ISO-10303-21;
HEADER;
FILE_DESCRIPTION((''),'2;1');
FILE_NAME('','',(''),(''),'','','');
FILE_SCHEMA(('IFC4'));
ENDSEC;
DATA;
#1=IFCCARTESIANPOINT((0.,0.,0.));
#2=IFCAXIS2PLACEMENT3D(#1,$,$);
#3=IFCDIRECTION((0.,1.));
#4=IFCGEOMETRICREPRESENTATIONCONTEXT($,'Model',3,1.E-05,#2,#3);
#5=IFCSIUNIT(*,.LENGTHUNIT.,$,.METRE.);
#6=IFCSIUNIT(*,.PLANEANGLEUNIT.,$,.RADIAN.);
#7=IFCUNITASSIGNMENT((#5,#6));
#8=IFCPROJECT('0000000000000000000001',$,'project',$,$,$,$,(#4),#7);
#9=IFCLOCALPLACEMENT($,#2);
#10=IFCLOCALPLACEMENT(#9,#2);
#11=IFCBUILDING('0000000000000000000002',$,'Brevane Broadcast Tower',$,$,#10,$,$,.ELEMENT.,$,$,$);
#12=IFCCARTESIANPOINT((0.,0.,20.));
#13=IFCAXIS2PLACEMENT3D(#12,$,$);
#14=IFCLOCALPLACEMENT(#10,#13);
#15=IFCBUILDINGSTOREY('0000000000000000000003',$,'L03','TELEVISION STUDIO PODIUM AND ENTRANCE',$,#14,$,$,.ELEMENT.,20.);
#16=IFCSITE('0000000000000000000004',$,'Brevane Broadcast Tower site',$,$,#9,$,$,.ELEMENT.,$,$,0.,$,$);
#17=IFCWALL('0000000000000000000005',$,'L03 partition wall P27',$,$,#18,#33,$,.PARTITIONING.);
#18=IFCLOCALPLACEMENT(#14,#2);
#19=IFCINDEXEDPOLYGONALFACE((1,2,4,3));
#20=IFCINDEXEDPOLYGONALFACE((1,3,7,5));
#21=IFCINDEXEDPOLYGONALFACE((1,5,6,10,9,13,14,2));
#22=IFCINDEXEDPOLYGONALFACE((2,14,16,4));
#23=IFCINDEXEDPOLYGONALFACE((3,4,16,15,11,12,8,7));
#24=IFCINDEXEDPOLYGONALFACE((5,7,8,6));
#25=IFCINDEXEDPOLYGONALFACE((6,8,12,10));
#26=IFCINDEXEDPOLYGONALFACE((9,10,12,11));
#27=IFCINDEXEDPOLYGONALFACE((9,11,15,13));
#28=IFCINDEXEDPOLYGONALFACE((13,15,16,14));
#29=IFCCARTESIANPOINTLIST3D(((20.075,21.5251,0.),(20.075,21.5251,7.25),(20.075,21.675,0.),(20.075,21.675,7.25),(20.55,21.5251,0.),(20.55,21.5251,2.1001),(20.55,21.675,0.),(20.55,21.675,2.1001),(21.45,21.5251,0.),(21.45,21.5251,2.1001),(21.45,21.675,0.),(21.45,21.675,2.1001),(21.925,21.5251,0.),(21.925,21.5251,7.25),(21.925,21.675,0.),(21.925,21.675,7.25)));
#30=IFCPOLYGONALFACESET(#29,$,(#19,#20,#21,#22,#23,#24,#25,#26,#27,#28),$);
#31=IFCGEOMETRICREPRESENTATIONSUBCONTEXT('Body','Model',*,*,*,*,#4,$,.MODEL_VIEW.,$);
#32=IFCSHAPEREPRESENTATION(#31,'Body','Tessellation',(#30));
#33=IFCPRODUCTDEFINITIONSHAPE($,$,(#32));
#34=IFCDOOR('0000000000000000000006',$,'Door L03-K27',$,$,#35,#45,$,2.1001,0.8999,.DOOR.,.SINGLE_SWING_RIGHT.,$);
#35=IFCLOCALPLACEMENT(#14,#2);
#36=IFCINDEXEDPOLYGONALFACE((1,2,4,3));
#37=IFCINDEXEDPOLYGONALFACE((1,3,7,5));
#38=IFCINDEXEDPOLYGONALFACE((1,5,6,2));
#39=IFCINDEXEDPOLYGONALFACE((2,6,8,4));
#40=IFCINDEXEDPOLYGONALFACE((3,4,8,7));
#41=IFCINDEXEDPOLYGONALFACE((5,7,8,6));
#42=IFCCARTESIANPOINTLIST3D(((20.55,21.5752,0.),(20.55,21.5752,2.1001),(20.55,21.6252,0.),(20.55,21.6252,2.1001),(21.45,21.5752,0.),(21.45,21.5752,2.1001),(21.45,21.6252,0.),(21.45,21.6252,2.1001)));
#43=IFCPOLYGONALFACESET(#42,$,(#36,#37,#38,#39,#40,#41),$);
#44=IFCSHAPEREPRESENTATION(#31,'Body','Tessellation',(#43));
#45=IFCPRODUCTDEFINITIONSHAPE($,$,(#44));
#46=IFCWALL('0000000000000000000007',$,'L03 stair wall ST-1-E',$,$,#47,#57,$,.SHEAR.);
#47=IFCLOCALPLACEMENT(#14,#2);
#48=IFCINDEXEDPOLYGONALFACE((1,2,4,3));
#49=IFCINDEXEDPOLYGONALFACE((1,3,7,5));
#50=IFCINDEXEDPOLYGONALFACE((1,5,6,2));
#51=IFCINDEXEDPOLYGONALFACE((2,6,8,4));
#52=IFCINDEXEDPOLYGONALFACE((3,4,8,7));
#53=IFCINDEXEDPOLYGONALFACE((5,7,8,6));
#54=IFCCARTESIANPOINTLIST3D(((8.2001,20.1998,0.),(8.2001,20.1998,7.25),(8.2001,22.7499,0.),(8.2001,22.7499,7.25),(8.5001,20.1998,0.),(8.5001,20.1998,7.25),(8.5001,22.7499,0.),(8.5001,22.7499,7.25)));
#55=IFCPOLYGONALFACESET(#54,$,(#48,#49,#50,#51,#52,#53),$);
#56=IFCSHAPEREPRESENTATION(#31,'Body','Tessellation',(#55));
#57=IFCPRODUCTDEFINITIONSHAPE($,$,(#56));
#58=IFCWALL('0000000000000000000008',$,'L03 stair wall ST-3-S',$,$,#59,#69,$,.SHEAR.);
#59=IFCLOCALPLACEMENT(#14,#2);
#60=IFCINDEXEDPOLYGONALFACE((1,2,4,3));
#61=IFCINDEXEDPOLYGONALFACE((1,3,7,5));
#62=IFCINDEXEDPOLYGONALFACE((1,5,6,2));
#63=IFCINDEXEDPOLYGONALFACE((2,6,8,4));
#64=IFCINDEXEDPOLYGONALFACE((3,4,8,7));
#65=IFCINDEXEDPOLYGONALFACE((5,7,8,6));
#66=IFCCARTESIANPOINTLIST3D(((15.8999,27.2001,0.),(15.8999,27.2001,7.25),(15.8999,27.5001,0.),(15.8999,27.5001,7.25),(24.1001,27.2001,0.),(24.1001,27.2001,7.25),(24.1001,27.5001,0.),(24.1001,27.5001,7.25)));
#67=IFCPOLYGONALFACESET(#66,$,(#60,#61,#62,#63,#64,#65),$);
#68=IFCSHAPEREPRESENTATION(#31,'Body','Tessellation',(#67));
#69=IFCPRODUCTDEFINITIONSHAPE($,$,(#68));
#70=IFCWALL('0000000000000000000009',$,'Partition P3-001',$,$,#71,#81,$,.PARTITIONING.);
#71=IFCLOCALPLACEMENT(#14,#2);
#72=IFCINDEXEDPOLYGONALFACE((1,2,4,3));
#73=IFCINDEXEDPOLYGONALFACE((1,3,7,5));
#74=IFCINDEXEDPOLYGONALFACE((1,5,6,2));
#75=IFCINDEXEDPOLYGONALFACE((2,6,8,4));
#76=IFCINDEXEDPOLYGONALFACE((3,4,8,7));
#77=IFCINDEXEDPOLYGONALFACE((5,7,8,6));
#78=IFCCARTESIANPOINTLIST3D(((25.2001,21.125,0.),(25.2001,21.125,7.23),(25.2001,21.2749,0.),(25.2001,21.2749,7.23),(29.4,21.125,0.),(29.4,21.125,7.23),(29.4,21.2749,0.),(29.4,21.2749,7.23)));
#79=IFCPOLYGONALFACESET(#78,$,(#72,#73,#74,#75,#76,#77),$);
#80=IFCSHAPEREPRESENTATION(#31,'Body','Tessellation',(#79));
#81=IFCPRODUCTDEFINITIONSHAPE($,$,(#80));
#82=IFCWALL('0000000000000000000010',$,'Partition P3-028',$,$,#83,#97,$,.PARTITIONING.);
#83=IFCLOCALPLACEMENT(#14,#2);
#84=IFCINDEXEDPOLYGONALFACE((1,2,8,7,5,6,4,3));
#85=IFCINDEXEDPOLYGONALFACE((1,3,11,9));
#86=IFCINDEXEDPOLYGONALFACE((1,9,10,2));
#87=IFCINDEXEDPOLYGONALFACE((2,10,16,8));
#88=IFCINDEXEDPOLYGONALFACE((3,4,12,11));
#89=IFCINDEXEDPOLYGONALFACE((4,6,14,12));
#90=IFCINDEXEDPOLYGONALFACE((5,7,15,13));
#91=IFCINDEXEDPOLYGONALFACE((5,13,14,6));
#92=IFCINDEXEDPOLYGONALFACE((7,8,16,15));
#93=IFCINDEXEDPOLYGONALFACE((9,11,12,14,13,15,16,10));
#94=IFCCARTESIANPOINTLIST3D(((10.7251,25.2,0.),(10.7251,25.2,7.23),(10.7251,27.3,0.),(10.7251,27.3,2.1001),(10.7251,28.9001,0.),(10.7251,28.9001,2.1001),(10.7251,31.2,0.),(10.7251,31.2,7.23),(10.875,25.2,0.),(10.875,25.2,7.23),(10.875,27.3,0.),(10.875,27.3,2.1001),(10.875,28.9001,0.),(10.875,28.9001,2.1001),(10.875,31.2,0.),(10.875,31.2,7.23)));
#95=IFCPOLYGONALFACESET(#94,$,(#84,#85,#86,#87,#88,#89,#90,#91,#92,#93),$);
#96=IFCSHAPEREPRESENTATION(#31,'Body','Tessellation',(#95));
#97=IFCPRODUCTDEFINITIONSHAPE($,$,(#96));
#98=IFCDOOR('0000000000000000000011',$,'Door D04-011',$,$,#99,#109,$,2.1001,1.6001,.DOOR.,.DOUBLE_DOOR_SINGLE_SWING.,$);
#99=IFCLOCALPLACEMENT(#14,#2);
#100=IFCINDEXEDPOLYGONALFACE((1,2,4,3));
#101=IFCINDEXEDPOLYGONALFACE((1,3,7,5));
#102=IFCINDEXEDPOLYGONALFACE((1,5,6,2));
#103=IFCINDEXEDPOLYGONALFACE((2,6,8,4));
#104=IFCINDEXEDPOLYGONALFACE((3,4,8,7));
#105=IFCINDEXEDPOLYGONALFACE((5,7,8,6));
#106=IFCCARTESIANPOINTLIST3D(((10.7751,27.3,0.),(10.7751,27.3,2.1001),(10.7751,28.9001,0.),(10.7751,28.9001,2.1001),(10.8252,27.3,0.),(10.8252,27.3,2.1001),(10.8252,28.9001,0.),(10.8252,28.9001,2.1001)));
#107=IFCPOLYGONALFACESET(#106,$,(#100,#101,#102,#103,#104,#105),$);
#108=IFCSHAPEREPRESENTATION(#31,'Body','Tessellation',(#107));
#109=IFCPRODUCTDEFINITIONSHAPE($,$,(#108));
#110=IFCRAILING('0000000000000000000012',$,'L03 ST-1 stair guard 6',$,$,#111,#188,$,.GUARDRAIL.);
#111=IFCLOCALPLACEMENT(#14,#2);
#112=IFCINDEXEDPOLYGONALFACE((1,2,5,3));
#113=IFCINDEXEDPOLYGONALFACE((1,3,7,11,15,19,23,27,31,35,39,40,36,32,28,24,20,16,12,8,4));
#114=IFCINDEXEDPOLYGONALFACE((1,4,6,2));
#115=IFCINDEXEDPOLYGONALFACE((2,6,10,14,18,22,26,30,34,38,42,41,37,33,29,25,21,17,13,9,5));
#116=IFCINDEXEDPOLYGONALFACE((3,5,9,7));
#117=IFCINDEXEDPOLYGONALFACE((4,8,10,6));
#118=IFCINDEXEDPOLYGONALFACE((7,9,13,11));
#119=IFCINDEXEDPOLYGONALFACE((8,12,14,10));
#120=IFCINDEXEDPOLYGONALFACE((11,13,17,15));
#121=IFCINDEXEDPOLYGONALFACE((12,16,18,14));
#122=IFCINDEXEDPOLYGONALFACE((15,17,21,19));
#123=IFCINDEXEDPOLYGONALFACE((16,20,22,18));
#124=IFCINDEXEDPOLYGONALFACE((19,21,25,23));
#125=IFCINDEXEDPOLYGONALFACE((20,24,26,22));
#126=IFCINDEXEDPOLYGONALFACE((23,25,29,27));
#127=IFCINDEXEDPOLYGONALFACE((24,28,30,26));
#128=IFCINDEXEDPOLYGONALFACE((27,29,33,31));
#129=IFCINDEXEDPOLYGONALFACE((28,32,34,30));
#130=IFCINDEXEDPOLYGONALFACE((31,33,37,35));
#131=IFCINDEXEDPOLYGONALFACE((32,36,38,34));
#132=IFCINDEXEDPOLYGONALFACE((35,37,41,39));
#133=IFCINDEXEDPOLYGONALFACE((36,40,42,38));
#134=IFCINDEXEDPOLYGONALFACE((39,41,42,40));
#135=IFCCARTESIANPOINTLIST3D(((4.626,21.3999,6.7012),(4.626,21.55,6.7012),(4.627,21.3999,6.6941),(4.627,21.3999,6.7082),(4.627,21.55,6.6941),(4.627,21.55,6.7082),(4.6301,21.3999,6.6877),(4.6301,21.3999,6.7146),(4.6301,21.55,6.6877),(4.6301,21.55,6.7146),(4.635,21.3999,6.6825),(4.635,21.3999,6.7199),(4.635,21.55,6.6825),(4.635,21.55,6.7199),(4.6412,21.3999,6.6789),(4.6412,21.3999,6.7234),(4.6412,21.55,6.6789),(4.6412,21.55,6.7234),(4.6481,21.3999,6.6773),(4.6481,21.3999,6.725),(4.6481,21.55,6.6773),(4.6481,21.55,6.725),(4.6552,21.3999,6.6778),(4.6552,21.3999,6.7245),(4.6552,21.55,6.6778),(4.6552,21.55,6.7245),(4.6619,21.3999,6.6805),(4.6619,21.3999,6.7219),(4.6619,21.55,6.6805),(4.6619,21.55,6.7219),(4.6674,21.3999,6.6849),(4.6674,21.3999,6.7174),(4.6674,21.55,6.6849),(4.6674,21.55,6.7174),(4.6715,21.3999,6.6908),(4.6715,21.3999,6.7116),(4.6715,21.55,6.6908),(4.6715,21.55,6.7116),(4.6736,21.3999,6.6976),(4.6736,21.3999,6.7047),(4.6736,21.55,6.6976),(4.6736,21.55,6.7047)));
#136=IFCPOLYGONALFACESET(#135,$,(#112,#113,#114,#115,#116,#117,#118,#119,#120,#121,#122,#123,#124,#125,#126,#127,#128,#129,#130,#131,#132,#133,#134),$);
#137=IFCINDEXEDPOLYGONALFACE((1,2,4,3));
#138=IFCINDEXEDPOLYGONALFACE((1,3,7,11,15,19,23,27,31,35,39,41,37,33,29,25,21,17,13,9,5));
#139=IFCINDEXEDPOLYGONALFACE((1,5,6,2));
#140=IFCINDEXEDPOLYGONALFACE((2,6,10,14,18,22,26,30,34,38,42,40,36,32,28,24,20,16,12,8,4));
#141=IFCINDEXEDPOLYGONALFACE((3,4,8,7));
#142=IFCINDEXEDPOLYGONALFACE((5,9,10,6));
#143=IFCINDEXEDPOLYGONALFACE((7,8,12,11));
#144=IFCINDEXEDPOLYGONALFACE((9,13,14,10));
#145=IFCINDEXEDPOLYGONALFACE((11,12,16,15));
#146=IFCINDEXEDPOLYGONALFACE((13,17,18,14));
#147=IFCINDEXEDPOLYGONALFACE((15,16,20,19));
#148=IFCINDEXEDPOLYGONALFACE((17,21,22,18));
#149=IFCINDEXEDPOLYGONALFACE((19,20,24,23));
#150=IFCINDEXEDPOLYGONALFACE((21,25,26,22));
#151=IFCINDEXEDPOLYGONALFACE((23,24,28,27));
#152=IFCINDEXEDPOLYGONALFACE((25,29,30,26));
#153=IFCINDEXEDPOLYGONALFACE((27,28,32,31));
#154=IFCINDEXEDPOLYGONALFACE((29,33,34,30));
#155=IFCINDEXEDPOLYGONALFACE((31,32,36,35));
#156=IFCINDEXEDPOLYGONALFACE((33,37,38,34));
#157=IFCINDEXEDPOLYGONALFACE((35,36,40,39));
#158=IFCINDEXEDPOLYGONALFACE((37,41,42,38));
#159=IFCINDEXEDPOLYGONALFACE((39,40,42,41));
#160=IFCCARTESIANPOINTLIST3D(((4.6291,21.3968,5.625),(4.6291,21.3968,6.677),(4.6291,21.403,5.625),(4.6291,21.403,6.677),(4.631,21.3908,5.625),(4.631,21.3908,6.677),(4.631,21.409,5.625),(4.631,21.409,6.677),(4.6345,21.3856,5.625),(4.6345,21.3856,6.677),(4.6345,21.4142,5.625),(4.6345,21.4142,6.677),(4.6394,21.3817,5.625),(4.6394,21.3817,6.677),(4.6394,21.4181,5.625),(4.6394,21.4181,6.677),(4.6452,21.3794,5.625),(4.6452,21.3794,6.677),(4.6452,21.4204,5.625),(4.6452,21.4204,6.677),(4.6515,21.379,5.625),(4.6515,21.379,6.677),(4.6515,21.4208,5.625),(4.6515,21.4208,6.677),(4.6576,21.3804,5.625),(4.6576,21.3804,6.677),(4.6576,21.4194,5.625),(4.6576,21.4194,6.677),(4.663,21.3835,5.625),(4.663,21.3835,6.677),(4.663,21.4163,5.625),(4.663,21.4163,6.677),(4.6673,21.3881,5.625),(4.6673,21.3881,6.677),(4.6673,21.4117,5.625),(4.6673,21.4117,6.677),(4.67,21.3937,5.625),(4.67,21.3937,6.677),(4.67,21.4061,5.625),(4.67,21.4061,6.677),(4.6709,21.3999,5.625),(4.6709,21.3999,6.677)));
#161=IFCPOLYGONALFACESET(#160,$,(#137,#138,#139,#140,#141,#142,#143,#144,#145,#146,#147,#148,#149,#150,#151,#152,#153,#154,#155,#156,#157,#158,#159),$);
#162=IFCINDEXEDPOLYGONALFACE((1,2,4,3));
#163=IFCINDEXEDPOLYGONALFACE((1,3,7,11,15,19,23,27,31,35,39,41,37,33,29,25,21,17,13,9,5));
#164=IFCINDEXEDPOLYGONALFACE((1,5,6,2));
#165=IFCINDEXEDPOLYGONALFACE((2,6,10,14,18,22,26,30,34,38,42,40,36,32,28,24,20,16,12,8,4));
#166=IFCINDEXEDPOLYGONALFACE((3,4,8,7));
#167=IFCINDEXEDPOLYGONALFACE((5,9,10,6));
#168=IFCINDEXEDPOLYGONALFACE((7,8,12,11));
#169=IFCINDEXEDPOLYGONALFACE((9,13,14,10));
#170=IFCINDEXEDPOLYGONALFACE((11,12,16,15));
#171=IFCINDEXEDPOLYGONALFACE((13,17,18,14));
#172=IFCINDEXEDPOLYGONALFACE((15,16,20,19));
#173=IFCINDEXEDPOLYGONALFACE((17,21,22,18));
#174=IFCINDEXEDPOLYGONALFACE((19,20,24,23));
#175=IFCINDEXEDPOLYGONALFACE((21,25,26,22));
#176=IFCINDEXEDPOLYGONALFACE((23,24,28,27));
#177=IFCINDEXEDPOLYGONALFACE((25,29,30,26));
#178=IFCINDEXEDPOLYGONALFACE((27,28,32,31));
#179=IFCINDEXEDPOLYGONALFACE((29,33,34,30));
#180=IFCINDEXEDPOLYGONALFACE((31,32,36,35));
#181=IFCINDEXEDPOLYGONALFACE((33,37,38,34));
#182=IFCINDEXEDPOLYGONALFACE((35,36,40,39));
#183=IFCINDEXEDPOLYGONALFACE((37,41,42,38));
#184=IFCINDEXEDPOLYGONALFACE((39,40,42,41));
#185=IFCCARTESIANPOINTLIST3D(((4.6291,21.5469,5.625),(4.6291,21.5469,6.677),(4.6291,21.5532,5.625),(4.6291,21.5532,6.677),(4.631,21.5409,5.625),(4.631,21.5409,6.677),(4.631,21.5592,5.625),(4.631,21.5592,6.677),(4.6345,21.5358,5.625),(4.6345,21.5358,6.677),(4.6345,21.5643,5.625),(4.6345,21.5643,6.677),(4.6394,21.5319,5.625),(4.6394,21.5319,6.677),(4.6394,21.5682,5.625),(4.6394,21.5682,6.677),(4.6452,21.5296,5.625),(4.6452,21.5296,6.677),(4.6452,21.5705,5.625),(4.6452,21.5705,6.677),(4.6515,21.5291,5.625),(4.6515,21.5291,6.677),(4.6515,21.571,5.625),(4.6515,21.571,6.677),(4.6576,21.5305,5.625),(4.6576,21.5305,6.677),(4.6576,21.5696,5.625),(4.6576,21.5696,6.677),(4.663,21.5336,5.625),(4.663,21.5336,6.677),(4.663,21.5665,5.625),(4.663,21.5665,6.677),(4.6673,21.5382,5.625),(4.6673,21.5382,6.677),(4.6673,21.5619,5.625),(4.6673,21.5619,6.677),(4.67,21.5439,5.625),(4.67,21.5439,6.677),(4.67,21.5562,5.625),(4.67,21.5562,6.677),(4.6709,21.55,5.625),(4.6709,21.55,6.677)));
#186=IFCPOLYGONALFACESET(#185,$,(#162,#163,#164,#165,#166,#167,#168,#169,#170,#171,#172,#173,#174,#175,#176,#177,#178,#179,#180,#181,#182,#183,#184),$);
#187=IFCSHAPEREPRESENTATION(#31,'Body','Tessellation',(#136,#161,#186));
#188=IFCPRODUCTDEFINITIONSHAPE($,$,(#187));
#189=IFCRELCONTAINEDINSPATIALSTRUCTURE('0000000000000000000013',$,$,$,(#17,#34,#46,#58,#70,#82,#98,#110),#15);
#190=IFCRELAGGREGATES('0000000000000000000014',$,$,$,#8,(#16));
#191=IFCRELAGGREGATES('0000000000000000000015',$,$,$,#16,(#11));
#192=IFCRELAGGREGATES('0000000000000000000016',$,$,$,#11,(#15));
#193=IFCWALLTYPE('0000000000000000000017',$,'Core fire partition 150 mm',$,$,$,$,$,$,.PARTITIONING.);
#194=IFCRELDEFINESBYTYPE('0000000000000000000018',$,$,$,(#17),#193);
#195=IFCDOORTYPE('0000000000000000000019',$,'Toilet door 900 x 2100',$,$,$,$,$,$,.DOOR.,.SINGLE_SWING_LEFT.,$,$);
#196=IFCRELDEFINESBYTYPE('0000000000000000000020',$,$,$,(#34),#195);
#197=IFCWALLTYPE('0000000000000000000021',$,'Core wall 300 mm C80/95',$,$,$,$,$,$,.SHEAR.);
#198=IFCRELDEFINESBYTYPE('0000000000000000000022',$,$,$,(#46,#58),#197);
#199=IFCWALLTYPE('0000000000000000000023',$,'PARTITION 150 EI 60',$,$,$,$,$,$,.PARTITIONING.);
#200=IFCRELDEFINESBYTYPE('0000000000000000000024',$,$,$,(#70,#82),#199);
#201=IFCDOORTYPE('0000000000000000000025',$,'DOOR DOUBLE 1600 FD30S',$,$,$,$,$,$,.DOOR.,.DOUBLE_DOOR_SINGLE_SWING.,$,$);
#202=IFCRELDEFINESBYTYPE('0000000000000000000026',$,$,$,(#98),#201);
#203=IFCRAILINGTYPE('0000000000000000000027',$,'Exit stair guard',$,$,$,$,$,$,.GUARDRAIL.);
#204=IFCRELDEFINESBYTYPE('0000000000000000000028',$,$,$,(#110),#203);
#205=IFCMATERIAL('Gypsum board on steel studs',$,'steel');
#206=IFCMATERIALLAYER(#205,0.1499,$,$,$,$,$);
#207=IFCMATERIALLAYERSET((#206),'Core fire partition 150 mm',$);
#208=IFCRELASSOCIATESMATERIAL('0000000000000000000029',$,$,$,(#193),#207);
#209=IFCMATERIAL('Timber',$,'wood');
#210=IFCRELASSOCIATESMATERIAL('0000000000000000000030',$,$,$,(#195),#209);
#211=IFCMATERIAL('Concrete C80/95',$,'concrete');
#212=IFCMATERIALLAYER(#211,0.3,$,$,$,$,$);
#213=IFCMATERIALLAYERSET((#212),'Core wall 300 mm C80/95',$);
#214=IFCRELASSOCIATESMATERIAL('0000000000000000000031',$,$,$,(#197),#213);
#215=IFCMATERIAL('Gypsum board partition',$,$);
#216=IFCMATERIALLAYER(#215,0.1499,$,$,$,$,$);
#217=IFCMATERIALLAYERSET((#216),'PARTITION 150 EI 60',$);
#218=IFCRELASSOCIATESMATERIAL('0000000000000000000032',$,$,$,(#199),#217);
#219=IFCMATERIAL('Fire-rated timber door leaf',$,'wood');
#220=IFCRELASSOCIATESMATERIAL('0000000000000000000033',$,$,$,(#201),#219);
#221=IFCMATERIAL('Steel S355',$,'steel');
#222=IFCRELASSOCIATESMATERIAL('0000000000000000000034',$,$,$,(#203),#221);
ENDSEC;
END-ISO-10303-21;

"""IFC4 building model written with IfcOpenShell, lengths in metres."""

from ifc_helpers import new_model, si_unit, direction, frame, frame_2d, origin, origin_2d, place, context, subcontext, project, spatial, rectangle, circle, extrude, material, layer, layer_set, type_object, element, fill, save


model = new_model("IFC4")

# Units and contexts
model_context = context("Model", 3, precision=1e-05, world=origin(), true_north=direction((0.0, 1.0)))
body_context = subcontext(model_context, "Body", "Model", "MODEL_VIEW")
ifc_project = project(units=[si_unit("LENGTHUNIT", "METRE"), si_unit("PLANEANGLEUNIT", "RADIAN")], contexts=[model_context])

# Site, building, storey
site_placement = place(None, origin())
site = spatial("IfcSite", under=ifc_project, at=site_placement, Name="Brevane Broadcast Tower site", CompositionType="ELEMENT", RefElevation=0.0)
building_placement = place(site_placement, origin())
building = spatial("IfcBuilding", under=site, at=building_placement, Name="Brevane Broadcast Tower", CompositionType="ELEMENT")
storey_placement = place(building_placement, frame((0.0, 0.0, 20.0)))
storey = spatial("IfcBuildingStorey", under=building, at=storey_placement, Name="L03", Description="TELEVISION STUDIO PODIUM AND ENTRANCE", CompositionType="ELEMENT", Elevation=20.0)

# Shared definitions
ifc_material_1 = material(Name="Concrete C80/95", Category="concrete")

# Shared definitions
ifc_material_2 = material(Name="Gypsum board on steel studs", Category="steel")
ifc_layer_1 = layer(ifc_material_2, 0.1499)
ifc_layer_set_1 = layer_set([ifc_layer_1], Name="Core fire partition 150 mm")
wall_type_1 = type_object("IfcWallType", Name="Core fire partition 150 mm", PredefinedType="PARTITIONING", material=ifc_layer_set_1)

# Wall, opening, door
wall_1_placement = place(storey_placement, frame((21.925, 21.6001, 0.0), z_axis=(0.0, 0.0, 1.0), x_axis=(-1.0, 0.0, 0.0)))
wall_1 = element("IfcWall", 1, at=wall_1_placement, inside=storey, type_object=wall_type_1, Name="L03 partition wall P27", PredefinedType="PARTITIONING", context=body_context, shape_type="SweptSolid", body=[
    extrude(rectangle(XDim=1.8501, YDim=0.1499, at=frame_2d((0.925, 0.0))), origin(), (0.0, 0.0, 1.0), 7.25),
])
opening_1_placement = place(wall_1_placement, frame((0.4751, 0.0, 0.0)))
opening_1 = element("IfcOpeningElement", 2, at=opening_1_placement, cuts=wall_1, PredefinedType="OPENING", context=body_context, shape_type="SweptSolid", body=[
    extrude(rectangle(XDim=0.8999, YDim=2.1001, at=frame_2d((0.45, 1.05))), frame((0.0, 0.085, 0.0), z_axis=(0.0, -1.0, 0.0), x_axis=(1.0, 0.0, 0.0)), (0.0, 0.0, 1.0), 0.1699),
])
ifc_material_3 = material(Name="Timber", Category="wood")
door_type_1 = type_object("IfcDoorType", Name="Toilet door 900 x 2100", OperationType="SINGLE_SWING_LEFT", PredefinedType="DOOR", material=ifc_material_3)
door_1_placement = place(opening_1_placement, origin())
door_1 = element("IfcDoor", 3, at=door_1_placement, inside=storey, type_object=door_type_1, Name="Door L03-K27", OperationType="SINGLE_SWING_RIGHT", OverallHeight=2.1001, OverallWidth=0.8999, PredefinedType="DOOR", context=body_context, shape_type="SweptSolid", body=[
    extrude(rectangle(XDim=0.8999, YDim=2.1001, at=frame_2d((0.45, 1.05))), frame((0.0, 0.0249, 0.0), z_axis=(0.0, -1.0, 0.0), x_axis=(1.0, 0.0, 0.0)), (0.0, 0.0, 1.0), 0.05),
])
fill(opening_1, door_1)

# Walls
ifc_layer_2 = layer(ifc_material_1, 0.3)
ifc_layer_set_2 = layer_set([ifc_layer_2], Name="Core wall 300 mm C80/95")
wall_type_2 = type_object("IfcWallType", Name="Core wall 300 mm C80/95", PredefinedType="SHEAR", material=ifc_layer_set_2)
wall_2_placement = place(storey_placement, frame((8.3501, 20.2, 0.0), z_axis=(0.0, 0.0, 1.0), x_axis=(0.0, 1.0, 0.0)))
element("IfcWall", 4, at=wall_2_placement, inside=storey, type_object=wall_type_2, Name="L03 stair wall ST-1-E", PredefinedType="SHEAR", context=body_context, shape_type="SweptSolid", body=[
    extrude(rectangle(XDim=2.55, YDim=0.3, at=frame_2d((1.2749, 0.0))), origin(), (0.0, 0.0, 1.0), 7.25),
])
wall_3_placement = place(storey_placement, frame((15.8999, 27.3501, 0.0), z_axis=(0.0, 0.0, 1.0), x_axis=(1.0, 0.0, 0.0)))
element("IfcWall", 5, at=wall_3_placement, inside=storey, type_object=wall_type_2, Name="L03 stair wall ST-3-S", PredefinedType="SHEAR", context=body_context, shape_type="SweptSolid", body=[
    extrude(rectangle(XDim=8.2002, YDim=0.3, at=frame_2d((4.1001, 0.0))), origin(), (0.0, 0.0, 1.0), 7.25),
])
ifc_material_4 = material(Name="Gypsum board partition")
ifc_layer_3 = layer(ifc_material_4, 0.1499)
ifc_layer_set_3 = layer_set([ifc_layer_3], Name="PARTITION 150 EI 60")
wall_type_3 = type_object("IfcWallType", Name="PARTITION 150 EI 60", PredefinedType="PARTITIONING", material=ifc_layer_set_3)
wall_4_placement = place(storey_placement, frame((25.2, 21.2, 0.0), z_axis=(0.0, 0.0, 1.0), x_axis=(1.0, 0.0, 0.0)))
element("IfcWall", 6, at=wall_4_placement, inside=storey, type_object=wall_type_3, Name="Partition P3-001", PredefinedType="PARTITIONING", context=body_context, shape_type="SweptSolid", body=[
    extrude(rectangle(XDim=4.2, YDim=0.1499, at=frame_2d((2.1001, 0.0))), origin(), (0.0, 0.0, 1.0), 7.23),
])

# Wall, opening, door
wall_5_placement = place(storey_placement, frame((10.8, 25.2, 0.0), z_axis=(0.0, 0.0, 1.0), x_axis=(0.0, 1.0, 0.0)))
wall_5 = element("IfcWall", 7, at=wall_5_placement, inside=storey, type_object=wall_type_3, Name="Partition P3-028", PredefinedType="PARTITIONING", context=body_context, shape_type="SweptSolid", body=[
    extrude(rectangle(XDim=6.0, YDim=0.1499, at=frame_2d((3.0, 0.0))), origin(), (0.0, 0.0, 1.0), 7.23),
])
opening_2_placement = place(wall_5_placement, frame((2.1001, 0.0, 0.0)))
opening_2 = element("IfcOpeningElement", 8, at=opening_2_placement, cuts=wall_5, PredefinedType="OPENING", context=body_context, shape_type="SweptSolid", body=[
    extrude(rectangle(XDim=1.6001, YDim=2.1001, at=frame_2d((0.8, 1.05))), frame((0.0, 0.085, 0.0), z_axis=(0.0, -1.0, 0.0), x_axis=(1.0, 0.0, 0.0)), (0.0, 0.0, 1.0), 0.1699),
])
ifc_material_5 = material(Name="Fire-rated timber door leaf", Category="wood")
door_type_2 = type_object("IfcDoorType", Name="DOOR DOUBLE 1600 FD30S", OperationType="DOUBLE_DOOR_SINGLE_SWING", PredefinedType="DOOR", material=ifc_material_5)
door_2_placement = place(opening_2_placement, origin())
door_2 = element("IfcDoor", 9, at=door_2_placement, inside=storey, type_object=door_type_2, Name="Door D04-011", OperationType="DOUBLE_DOOR_SINGLE_SWING", OverallHeight=2.1001, OverallWidth=1.6001, PredefinedType="DOOR", context=body_context, shape_type="SweptSolid", body=[
    extrude(rectangle(XDim=1.6001, YDim=2.1001, at=frame_2d((0.8, 1.05))), frame((0.0, 0.0249, 0.0), z_axis=(0.0, -1.0, 0.0), x_axis=(1.0, 0.0, 0.0)), (0.0, 0.0, 1.0), 0.05),
])
fill(opening_2, door_2)

# Railing
ifc_material_6 = material(Name="Steel S355", Category="steel")
railing_type = type_object("IfcRailingType", Name="Exit stair guard", PredefinedType="GUARDRAIL", material=ifc_material_6)
railing_placement = place(storey_placement, frame((4.6499, 21.3999, 5.625)))
element("IfcRailing", 10, at=railing_placement, inside=storey, type_object=railing_type, Name="L03 ST-1 stair guard 6", PredefinedType="GUARDRAIL", context=body_context, shape_type="SweptSolid", body=[
    extrude(circle(Radius=0.0239, at=origin_2d()), frame((0.0, 0.0, 1.0762), z_axis=(0.0, 1.0, 0.0), x_axis=(-1.0, 0.0, 0.0)), (0.0, 0.0, 1.0), 0.1501),
    extrude(circle(Radius=0.021, at=origin_2d()), origin(), (0.0, 0.0, 1.0), 1.052),
    extrude(circle(Radius=0.021, at=origin_2d()), frame((0.0, 0.1501, 0.0)), (0.0, 0.0, 1.0), 1.052),
])

save(model, "model.ifc")
